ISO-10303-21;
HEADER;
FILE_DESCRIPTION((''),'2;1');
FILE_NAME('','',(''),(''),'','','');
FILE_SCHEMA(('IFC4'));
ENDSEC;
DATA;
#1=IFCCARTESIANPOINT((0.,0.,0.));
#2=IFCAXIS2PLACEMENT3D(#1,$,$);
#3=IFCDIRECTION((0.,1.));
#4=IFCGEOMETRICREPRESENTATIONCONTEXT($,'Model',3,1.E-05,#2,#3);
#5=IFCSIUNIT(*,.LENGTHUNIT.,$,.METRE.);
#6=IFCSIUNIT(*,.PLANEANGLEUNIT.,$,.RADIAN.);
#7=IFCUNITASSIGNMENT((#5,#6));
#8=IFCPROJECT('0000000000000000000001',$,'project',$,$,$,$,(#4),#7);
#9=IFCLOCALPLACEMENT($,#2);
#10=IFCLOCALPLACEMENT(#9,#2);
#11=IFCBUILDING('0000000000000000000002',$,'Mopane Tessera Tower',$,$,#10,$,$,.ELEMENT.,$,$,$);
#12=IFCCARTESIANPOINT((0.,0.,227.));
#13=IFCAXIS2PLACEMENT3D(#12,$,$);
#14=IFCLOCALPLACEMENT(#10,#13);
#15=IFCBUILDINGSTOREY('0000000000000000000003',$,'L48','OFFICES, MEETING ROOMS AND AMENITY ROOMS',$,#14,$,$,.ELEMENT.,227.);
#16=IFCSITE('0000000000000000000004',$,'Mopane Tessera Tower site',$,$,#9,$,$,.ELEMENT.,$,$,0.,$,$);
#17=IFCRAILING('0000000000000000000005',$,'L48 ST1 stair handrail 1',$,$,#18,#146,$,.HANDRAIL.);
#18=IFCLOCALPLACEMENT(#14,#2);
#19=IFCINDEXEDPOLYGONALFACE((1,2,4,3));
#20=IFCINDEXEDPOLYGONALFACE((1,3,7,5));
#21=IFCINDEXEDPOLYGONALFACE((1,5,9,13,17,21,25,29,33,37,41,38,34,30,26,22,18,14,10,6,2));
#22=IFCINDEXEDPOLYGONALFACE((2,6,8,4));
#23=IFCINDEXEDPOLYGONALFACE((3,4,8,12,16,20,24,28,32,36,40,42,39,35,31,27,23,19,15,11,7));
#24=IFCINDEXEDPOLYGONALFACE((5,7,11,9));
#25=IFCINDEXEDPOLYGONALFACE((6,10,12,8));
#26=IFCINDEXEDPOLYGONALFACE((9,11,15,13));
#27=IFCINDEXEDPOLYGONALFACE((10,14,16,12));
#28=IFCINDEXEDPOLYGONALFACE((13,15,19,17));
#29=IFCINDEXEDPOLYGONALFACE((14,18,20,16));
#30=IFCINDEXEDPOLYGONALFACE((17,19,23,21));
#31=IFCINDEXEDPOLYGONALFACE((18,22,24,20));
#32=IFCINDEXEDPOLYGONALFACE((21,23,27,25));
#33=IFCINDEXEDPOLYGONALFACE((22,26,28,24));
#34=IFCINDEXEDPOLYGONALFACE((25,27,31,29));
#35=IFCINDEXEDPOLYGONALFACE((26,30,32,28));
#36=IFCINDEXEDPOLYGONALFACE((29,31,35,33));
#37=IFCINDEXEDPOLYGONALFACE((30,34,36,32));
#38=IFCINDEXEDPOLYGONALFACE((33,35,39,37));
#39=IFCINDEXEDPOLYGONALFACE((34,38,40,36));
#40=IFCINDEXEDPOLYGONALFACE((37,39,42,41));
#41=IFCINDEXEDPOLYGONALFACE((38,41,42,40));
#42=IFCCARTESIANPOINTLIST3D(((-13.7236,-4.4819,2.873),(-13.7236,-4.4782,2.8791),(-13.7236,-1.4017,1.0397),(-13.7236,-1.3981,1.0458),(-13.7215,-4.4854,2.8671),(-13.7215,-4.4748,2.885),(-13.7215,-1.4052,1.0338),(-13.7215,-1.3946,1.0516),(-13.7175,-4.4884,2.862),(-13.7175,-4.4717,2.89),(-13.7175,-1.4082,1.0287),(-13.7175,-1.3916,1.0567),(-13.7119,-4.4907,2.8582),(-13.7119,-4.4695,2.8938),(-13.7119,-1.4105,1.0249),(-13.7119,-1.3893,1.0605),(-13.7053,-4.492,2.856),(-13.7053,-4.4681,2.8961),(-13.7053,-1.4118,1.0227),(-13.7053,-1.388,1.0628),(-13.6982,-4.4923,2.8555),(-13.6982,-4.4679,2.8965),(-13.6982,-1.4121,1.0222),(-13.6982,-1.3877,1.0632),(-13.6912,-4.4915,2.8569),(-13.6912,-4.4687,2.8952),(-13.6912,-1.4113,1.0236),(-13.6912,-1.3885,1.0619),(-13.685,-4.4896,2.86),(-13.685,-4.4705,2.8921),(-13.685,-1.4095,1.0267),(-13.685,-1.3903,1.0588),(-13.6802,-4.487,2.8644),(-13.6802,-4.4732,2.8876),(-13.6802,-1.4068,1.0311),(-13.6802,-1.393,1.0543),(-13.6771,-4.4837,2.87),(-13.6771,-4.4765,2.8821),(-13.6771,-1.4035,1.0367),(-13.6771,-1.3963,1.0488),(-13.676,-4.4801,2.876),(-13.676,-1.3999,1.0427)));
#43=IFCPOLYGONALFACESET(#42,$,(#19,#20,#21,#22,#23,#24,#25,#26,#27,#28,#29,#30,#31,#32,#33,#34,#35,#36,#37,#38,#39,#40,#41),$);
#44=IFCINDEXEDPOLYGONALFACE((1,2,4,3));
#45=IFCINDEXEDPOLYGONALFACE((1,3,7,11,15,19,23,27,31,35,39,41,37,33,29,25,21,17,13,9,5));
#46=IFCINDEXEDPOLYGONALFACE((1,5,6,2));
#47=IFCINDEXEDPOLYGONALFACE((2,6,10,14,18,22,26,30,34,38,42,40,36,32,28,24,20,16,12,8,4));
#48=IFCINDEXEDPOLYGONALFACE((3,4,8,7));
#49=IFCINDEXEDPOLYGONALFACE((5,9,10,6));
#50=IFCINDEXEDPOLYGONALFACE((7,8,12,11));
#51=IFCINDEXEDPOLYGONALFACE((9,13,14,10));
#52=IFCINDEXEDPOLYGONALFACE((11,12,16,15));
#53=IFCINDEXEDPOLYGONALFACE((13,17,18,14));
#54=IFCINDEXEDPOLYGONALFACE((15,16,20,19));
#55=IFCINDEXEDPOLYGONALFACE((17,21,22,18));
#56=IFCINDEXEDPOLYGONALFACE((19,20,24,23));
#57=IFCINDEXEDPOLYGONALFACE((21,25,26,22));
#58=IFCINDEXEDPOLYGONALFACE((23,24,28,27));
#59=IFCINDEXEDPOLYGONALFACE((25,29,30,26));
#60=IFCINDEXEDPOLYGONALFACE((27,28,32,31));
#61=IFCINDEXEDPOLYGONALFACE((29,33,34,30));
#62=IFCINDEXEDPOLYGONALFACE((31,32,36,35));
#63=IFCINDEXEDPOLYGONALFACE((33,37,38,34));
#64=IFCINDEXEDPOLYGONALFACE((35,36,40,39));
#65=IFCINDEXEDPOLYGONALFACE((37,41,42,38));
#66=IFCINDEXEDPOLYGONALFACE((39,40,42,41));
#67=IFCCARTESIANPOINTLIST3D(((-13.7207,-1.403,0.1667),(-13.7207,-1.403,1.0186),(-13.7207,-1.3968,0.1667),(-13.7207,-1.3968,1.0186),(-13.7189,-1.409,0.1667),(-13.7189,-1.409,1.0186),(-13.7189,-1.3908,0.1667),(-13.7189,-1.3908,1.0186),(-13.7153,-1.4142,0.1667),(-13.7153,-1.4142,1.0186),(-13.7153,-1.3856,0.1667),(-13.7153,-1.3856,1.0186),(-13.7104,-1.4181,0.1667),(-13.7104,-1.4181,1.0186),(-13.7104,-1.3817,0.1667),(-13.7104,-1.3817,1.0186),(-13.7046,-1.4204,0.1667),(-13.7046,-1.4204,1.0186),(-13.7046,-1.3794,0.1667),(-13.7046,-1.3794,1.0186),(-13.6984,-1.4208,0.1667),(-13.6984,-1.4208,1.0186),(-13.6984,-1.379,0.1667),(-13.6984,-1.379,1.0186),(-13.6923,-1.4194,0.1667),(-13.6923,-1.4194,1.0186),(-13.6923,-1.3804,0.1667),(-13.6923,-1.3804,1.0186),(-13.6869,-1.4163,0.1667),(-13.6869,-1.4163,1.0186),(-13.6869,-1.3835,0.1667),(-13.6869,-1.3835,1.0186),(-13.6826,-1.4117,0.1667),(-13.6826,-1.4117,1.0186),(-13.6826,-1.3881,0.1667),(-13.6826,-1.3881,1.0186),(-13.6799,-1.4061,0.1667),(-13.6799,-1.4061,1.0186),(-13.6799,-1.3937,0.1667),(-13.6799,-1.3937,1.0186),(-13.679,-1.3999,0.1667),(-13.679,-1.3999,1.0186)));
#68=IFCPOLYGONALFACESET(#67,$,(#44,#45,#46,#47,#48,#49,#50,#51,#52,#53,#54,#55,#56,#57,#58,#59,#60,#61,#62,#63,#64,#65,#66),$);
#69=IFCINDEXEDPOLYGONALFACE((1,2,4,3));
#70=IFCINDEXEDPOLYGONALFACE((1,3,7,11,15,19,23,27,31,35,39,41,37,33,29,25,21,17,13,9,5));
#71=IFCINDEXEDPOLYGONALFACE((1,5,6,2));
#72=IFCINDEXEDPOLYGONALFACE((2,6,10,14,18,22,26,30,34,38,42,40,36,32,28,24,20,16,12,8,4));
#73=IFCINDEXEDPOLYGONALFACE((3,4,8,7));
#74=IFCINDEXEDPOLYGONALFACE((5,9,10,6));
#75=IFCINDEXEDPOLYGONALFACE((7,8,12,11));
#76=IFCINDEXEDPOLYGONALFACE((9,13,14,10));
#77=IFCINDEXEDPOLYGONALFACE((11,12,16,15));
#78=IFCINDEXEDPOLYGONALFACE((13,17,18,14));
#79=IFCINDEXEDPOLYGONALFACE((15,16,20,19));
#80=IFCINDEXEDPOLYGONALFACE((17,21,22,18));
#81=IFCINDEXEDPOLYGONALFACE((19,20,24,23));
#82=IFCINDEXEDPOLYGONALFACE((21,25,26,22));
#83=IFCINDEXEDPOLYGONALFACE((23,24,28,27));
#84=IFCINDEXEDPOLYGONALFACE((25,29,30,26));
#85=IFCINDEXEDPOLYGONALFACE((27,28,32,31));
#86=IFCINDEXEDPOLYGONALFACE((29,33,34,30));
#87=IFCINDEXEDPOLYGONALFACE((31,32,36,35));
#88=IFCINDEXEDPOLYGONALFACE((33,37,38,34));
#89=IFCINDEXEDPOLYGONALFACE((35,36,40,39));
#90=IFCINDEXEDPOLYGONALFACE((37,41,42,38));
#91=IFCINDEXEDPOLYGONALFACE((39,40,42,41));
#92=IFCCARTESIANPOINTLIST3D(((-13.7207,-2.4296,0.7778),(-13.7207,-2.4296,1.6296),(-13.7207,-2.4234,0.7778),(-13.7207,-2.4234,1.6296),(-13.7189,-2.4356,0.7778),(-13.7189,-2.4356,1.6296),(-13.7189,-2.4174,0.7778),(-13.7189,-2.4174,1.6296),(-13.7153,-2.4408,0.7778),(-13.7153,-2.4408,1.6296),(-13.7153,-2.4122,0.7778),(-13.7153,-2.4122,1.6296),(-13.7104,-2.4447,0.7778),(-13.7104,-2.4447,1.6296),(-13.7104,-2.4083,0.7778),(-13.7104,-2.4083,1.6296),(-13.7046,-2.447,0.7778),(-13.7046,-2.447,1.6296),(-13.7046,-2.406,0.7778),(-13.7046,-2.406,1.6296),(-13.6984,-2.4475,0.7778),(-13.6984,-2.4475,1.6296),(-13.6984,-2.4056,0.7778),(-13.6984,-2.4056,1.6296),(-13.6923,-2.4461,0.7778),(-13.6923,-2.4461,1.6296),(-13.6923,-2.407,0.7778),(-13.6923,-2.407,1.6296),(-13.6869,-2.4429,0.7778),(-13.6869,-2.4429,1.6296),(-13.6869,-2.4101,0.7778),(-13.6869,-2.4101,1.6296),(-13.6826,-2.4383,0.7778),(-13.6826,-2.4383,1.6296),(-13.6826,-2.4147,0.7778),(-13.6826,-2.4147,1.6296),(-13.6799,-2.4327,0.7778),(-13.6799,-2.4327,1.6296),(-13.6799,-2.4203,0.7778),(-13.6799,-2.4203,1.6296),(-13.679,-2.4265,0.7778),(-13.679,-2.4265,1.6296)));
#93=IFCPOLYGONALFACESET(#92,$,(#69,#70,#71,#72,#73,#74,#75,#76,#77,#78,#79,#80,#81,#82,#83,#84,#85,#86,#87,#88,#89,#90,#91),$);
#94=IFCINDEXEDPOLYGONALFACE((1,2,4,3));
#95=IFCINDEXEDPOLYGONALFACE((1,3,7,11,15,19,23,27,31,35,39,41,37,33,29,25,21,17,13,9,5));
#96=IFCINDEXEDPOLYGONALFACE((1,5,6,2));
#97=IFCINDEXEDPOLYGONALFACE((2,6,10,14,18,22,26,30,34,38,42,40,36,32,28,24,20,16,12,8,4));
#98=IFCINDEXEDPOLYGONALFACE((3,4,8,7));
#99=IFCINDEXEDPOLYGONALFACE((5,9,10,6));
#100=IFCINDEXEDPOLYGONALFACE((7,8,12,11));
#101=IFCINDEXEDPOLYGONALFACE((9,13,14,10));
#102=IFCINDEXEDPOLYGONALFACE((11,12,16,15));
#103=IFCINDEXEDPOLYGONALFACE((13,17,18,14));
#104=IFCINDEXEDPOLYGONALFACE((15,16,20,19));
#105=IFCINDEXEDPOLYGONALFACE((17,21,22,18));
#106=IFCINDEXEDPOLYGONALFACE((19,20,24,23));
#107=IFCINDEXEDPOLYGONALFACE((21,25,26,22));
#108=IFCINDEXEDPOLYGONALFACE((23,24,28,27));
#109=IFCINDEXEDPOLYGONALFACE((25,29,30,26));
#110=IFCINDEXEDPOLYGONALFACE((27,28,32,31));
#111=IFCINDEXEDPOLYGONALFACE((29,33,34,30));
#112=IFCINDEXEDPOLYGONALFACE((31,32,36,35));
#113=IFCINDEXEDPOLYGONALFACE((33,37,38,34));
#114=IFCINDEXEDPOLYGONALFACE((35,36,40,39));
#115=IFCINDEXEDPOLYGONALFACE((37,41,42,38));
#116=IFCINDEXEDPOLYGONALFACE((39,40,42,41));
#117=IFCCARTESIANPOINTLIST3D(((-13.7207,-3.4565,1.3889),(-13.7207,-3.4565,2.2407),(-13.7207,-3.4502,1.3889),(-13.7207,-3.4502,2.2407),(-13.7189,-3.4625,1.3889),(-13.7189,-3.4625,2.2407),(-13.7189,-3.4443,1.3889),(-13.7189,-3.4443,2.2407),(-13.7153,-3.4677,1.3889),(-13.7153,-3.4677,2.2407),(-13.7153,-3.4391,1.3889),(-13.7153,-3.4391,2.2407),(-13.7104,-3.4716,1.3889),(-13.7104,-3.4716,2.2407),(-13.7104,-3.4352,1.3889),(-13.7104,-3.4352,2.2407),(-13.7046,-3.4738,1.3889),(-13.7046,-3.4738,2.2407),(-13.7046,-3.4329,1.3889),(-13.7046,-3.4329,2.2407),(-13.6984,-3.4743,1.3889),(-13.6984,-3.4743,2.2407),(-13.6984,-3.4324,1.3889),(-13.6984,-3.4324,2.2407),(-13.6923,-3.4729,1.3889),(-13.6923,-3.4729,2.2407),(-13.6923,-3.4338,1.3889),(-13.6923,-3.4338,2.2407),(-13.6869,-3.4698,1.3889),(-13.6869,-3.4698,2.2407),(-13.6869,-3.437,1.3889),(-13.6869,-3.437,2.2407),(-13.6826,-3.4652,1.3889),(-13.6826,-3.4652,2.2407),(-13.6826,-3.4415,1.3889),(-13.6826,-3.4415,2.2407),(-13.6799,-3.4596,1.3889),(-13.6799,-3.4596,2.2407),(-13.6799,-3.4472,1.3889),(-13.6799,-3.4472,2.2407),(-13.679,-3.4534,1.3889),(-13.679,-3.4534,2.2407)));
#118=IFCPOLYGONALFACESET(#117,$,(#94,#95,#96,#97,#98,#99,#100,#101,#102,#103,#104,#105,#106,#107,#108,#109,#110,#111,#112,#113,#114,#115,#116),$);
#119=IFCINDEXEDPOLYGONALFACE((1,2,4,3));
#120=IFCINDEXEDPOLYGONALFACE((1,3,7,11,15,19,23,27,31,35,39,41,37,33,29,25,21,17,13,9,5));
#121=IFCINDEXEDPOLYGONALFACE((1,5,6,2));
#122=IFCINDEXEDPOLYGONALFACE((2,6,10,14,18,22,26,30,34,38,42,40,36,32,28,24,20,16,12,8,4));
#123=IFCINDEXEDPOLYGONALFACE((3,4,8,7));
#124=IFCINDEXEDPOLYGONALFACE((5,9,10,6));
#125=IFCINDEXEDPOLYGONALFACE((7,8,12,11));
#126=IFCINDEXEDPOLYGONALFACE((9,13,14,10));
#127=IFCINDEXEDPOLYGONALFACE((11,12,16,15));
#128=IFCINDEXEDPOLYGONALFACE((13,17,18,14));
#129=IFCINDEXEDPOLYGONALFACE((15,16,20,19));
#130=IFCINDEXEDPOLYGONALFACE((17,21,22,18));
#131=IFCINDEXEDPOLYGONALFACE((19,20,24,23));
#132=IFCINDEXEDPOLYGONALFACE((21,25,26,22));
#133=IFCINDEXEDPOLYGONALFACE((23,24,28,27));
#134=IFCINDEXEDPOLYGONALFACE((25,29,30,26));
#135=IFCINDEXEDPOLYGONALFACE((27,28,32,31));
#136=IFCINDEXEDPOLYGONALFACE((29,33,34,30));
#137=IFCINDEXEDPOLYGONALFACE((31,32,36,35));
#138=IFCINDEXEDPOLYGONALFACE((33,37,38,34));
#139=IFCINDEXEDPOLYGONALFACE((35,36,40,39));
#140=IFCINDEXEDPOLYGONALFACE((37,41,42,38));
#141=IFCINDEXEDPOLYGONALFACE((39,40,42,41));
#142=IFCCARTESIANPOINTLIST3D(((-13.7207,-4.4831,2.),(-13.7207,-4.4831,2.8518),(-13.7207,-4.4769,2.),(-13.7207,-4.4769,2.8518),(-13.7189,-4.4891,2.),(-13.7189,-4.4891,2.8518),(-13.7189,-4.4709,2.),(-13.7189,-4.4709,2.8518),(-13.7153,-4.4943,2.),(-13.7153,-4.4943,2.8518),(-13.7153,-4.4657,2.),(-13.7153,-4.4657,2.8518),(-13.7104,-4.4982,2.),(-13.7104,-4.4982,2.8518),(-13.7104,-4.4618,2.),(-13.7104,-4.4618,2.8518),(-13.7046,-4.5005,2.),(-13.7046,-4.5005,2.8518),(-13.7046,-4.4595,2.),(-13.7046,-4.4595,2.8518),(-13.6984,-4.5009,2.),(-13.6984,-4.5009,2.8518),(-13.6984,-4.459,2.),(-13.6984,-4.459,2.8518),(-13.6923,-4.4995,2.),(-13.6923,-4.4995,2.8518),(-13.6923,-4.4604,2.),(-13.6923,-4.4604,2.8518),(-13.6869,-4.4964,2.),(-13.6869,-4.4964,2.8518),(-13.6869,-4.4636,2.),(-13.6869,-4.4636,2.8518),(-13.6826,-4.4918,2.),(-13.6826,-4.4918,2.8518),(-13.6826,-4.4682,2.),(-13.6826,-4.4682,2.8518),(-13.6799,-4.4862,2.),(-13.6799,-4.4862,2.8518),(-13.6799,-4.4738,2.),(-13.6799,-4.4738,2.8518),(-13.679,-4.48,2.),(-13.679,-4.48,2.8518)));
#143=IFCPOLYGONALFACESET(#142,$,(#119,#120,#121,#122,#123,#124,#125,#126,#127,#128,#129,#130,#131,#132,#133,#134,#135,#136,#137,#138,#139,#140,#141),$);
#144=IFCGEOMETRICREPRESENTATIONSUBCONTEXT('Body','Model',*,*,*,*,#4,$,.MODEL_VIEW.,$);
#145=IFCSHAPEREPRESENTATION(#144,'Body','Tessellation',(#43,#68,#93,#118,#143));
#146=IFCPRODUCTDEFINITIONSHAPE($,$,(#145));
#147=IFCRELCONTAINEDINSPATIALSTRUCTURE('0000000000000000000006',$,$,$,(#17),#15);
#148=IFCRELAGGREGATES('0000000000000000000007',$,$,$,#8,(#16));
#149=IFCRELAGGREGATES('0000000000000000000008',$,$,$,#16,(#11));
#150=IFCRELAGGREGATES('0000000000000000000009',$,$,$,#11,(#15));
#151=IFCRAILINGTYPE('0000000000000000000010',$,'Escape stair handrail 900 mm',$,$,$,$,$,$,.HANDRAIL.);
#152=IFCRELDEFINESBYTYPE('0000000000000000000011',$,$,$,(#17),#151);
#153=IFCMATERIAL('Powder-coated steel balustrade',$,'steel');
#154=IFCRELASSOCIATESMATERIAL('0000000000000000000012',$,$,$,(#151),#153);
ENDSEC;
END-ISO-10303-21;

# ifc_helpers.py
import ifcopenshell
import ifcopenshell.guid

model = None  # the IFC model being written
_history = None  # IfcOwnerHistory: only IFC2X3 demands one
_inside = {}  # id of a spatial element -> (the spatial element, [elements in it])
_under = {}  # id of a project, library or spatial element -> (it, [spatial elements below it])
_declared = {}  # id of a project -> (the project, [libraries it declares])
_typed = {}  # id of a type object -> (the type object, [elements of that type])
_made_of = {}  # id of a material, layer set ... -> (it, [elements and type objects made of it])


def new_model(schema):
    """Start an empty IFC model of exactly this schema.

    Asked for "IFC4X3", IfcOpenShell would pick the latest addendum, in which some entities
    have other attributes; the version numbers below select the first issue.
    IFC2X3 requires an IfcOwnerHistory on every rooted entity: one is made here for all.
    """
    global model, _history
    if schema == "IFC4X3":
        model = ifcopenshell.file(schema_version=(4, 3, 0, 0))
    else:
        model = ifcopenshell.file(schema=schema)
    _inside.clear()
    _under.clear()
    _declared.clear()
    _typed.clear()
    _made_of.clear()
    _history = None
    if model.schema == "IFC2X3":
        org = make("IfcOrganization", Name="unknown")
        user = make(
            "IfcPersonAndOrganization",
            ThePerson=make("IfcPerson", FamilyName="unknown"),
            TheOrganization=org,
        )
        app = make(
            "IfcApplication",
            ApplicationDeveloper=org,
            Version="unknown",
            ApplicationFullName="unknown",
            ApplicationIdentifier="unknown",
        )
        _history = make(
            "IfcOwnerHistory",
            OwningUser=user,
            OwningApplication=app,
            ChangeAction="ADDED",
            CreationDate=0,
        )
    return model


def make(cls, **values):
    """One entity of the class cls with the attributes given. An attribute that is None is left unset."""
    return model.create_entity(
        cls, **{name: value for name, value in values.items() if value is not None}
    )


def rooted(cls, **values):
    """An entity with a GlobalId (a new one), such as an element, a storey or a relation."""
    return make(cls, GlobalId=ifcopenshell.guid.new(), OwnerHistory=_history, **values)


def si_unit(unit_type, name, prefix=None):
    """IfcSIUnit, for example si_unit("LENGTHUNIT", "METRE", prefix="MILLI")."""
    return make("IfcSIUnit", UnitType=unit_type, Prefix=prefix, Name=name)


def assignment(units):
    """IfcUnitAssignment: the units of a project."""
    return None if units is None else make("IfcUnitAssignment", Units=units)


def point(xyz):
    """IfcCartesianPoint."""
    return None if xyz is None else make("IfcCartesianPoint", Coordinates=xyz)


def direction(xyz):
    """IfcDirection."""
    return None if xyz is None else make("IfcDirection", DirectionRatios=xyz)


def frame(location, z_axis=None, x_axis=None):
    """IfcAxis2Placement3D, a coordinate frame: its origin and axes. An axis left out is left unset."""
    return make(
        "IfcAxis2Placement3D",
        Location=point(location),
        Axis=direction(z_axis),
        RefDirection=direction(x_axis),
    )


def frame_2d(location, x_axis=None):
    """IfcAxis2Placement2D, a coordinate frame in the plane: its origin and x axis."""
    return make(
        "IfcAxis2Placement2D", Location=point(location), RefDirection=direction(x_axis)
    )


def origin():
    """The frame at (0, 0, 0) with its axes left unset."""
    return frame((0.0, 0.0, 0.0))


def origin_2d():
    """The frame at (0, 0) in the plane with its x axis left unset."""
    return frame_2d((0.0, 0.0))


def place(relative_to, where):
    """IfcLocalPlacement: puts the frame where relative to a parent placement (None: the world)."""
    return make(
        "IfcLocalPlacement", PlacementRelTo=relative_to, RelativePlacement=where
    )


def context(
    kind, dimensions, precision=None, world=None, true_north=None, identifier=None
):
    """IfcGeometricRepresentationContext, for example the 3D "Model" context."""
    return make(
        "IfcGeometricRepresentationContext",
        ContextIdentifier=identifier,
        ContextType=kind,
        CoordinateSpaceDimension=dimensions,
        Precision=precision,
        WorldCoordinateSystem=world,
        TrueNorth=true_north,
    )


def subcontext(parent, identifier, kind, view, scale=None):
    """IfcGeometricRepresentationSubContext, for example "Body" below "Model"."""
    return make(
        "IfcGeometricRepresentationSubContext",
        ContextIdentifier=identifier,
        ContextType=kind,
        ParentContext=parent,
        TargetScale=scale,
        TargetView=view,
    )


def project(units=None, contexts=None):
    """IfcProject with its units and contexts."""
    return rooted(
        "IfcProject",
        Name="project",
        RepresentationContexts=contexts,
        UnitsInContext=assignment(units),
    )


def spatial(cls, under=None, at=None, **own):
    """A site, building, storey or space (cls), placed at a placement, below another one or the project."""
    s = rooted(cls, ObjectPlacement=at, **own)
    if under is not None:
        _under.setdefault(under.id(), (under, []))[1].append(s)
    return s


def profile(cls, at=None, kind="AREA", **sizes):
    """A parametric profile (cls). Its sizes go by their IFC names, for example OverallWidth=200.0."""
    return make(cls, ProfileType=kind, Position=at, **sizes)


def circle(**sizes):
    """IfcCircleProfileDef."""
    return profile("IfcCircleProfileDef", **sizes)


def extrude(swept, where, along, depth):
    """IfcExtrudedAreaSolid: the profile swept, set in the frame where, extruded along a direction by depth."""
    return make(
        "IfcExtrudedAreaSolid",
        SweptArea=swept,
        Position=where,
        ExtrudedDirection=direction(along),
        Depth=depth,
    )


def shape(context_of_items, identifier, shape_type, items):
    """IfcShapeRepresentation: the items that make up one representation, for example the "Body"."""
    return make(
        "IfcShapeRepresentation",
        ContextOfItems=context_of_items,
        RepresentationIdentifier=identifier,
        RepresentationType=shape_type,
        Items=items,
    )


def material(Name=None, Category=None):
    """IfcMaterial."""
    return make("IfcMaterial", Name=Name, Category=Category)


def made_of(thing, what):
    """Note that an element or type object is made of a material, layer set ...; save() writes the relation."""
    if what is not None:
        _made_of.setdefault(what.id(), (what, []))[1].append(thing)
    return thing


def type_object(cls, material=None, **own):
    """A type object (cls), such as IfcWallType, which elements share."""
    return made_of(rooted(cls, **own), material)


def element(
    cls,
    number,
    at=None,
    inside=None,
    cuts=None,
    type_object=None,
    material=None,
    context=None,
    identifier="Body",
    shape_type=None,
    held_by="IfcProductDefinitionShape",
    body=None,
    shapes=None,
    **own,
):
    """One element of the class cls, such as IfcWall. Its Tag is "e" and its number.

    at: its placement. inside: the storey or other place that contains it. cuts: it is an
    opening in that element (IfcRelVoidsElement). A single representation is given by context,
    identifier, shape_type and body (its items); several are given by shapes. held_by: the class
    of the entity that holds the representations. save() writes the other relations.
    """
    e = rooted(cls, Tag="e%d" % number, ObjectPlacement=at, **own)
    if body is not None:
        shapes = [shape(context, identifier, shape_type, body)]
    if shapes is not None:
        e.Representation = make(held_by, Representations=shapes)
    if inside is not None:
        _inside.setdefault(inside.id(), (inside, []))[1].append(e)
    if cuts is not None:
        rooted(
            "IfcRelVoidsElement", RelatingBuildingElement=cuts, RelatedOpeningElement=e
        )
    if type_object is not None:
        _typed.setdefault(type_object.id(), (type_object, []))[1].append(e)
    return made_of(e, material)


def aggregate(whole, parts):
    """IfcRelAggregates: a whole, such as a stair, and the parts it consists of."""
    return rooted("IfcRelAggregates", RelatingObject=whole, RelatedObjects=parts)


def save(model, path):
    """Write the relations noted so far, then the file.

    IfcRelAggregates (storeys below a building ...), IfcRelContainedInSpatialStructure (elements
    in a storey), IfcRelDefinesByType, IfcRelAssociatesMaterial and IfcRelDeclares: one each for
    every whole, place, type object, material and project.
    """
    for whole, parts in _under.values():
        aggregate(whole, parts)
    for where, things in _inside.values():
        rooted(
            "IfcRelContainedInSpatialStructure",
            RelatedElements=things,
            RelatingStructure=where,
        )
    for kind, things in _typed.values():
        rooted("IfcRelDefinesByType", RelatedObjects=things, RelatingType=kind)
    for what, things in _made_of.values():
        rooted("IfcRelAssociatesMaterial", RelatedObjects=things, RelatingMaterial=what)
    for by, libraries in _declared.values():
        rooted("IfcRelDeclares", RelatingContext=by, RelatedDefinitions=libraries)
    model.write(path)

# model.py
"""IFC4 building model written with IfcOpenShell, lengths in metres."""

from ifc_helpers import new_model, si_unit, direction, frame, origin, origin_2d, place, context, subcontext, project, spatial, circle, extrude, material, type_object, element, save


model = new_model("IFC4")

# Units and contexts
model_context = context("Model", 3, precision=1e-05, world=origin(), true_north=direction((0.0, 1.0)))
body_context = subcontext(model_context, "Body", "Model", "MODEL_VIEW")
ifc_project = project(units=[si_unit("LENGTHUNIT", "METRE"), si_unit("PLANEANGLEUNIT", "RADIAN")], contexts=[model_context])

# Site, building, storey
site_placement = place(None, origin())
site = spatial("IfcSite", under=ifc_project, at=site_placement, Name="Mopane Tessera Tower site", CompositionType="ELEMENT", RefElevation=0.0)
building_placement = place(site_placement, origin())
building = spatial("IfcBuilding", under=site, at=building_placement, Name="Mopane Tessera Tower", CompositionType="ELEMENT")
storey_placement = place(building_placement, frame((0.0, 0.0, 227.0)))
storey = spatial("IfcBuildingStorey", under=building, at=storey_placement, Name="L48", Description="OFFICES, MEETING ROOMS AND AMENITY ROOMS", CompositionType="ELEMENT", Elevation=227.0)

# Railing
ifc_material_1 = material(Name="Powder-coated steel balustrade", Category="steel")
railing_type_1 = type_object("IfcRailingType", Name="Escape stair handrail 900 mm", PredefinedType="HANDRAIL", material=ifc_material_1)
railing_1_placement = place(storey_placement, frame((-13.7, -1.3999, 0.1667)))
element("IfcRailing", 1, at=railing_1_placement, inside=storey, type_object=railing_type_1, Name="L48 ST1 stair handrail 1", PredefinedType="HANDRAIL", context=body_context, shape_type="SweptSolid", body=[
    extrude(circle(Radius=0.0239, at=origin_2d()), frame((0.0, 0.0, 0.876), z_axis=(0.0, -0.859309, 0.511458), x_axis=(1.0, 0.0, 0.0)), (0.0, 0.0, 1.0), 3.5845),
    extrude(circle(Radius=0.021, at=origin_2d()), origin(), (0.0, 0.0, 1.0), 0.8518),
    extrude(circle(Radius=0.021, at=origin_2d()), frame((0.0, -1.0266, 0.6111)), (0.0, 0.0, 1.0), 0.8518),
    extrude(circle(Radius=0.021, at=origin_2d()), frame((0.0, -2.0535, 1.2222)), (0.0, 0.0, 1.0), 0.8518),
    extrude(circle(Radius=0.021, at=origin_2d()), frame((0.0, -3.0801, 1.8333)), (0.0, 0.0, 1.0), 0.8518),
])

save(model, "model.ifc")
